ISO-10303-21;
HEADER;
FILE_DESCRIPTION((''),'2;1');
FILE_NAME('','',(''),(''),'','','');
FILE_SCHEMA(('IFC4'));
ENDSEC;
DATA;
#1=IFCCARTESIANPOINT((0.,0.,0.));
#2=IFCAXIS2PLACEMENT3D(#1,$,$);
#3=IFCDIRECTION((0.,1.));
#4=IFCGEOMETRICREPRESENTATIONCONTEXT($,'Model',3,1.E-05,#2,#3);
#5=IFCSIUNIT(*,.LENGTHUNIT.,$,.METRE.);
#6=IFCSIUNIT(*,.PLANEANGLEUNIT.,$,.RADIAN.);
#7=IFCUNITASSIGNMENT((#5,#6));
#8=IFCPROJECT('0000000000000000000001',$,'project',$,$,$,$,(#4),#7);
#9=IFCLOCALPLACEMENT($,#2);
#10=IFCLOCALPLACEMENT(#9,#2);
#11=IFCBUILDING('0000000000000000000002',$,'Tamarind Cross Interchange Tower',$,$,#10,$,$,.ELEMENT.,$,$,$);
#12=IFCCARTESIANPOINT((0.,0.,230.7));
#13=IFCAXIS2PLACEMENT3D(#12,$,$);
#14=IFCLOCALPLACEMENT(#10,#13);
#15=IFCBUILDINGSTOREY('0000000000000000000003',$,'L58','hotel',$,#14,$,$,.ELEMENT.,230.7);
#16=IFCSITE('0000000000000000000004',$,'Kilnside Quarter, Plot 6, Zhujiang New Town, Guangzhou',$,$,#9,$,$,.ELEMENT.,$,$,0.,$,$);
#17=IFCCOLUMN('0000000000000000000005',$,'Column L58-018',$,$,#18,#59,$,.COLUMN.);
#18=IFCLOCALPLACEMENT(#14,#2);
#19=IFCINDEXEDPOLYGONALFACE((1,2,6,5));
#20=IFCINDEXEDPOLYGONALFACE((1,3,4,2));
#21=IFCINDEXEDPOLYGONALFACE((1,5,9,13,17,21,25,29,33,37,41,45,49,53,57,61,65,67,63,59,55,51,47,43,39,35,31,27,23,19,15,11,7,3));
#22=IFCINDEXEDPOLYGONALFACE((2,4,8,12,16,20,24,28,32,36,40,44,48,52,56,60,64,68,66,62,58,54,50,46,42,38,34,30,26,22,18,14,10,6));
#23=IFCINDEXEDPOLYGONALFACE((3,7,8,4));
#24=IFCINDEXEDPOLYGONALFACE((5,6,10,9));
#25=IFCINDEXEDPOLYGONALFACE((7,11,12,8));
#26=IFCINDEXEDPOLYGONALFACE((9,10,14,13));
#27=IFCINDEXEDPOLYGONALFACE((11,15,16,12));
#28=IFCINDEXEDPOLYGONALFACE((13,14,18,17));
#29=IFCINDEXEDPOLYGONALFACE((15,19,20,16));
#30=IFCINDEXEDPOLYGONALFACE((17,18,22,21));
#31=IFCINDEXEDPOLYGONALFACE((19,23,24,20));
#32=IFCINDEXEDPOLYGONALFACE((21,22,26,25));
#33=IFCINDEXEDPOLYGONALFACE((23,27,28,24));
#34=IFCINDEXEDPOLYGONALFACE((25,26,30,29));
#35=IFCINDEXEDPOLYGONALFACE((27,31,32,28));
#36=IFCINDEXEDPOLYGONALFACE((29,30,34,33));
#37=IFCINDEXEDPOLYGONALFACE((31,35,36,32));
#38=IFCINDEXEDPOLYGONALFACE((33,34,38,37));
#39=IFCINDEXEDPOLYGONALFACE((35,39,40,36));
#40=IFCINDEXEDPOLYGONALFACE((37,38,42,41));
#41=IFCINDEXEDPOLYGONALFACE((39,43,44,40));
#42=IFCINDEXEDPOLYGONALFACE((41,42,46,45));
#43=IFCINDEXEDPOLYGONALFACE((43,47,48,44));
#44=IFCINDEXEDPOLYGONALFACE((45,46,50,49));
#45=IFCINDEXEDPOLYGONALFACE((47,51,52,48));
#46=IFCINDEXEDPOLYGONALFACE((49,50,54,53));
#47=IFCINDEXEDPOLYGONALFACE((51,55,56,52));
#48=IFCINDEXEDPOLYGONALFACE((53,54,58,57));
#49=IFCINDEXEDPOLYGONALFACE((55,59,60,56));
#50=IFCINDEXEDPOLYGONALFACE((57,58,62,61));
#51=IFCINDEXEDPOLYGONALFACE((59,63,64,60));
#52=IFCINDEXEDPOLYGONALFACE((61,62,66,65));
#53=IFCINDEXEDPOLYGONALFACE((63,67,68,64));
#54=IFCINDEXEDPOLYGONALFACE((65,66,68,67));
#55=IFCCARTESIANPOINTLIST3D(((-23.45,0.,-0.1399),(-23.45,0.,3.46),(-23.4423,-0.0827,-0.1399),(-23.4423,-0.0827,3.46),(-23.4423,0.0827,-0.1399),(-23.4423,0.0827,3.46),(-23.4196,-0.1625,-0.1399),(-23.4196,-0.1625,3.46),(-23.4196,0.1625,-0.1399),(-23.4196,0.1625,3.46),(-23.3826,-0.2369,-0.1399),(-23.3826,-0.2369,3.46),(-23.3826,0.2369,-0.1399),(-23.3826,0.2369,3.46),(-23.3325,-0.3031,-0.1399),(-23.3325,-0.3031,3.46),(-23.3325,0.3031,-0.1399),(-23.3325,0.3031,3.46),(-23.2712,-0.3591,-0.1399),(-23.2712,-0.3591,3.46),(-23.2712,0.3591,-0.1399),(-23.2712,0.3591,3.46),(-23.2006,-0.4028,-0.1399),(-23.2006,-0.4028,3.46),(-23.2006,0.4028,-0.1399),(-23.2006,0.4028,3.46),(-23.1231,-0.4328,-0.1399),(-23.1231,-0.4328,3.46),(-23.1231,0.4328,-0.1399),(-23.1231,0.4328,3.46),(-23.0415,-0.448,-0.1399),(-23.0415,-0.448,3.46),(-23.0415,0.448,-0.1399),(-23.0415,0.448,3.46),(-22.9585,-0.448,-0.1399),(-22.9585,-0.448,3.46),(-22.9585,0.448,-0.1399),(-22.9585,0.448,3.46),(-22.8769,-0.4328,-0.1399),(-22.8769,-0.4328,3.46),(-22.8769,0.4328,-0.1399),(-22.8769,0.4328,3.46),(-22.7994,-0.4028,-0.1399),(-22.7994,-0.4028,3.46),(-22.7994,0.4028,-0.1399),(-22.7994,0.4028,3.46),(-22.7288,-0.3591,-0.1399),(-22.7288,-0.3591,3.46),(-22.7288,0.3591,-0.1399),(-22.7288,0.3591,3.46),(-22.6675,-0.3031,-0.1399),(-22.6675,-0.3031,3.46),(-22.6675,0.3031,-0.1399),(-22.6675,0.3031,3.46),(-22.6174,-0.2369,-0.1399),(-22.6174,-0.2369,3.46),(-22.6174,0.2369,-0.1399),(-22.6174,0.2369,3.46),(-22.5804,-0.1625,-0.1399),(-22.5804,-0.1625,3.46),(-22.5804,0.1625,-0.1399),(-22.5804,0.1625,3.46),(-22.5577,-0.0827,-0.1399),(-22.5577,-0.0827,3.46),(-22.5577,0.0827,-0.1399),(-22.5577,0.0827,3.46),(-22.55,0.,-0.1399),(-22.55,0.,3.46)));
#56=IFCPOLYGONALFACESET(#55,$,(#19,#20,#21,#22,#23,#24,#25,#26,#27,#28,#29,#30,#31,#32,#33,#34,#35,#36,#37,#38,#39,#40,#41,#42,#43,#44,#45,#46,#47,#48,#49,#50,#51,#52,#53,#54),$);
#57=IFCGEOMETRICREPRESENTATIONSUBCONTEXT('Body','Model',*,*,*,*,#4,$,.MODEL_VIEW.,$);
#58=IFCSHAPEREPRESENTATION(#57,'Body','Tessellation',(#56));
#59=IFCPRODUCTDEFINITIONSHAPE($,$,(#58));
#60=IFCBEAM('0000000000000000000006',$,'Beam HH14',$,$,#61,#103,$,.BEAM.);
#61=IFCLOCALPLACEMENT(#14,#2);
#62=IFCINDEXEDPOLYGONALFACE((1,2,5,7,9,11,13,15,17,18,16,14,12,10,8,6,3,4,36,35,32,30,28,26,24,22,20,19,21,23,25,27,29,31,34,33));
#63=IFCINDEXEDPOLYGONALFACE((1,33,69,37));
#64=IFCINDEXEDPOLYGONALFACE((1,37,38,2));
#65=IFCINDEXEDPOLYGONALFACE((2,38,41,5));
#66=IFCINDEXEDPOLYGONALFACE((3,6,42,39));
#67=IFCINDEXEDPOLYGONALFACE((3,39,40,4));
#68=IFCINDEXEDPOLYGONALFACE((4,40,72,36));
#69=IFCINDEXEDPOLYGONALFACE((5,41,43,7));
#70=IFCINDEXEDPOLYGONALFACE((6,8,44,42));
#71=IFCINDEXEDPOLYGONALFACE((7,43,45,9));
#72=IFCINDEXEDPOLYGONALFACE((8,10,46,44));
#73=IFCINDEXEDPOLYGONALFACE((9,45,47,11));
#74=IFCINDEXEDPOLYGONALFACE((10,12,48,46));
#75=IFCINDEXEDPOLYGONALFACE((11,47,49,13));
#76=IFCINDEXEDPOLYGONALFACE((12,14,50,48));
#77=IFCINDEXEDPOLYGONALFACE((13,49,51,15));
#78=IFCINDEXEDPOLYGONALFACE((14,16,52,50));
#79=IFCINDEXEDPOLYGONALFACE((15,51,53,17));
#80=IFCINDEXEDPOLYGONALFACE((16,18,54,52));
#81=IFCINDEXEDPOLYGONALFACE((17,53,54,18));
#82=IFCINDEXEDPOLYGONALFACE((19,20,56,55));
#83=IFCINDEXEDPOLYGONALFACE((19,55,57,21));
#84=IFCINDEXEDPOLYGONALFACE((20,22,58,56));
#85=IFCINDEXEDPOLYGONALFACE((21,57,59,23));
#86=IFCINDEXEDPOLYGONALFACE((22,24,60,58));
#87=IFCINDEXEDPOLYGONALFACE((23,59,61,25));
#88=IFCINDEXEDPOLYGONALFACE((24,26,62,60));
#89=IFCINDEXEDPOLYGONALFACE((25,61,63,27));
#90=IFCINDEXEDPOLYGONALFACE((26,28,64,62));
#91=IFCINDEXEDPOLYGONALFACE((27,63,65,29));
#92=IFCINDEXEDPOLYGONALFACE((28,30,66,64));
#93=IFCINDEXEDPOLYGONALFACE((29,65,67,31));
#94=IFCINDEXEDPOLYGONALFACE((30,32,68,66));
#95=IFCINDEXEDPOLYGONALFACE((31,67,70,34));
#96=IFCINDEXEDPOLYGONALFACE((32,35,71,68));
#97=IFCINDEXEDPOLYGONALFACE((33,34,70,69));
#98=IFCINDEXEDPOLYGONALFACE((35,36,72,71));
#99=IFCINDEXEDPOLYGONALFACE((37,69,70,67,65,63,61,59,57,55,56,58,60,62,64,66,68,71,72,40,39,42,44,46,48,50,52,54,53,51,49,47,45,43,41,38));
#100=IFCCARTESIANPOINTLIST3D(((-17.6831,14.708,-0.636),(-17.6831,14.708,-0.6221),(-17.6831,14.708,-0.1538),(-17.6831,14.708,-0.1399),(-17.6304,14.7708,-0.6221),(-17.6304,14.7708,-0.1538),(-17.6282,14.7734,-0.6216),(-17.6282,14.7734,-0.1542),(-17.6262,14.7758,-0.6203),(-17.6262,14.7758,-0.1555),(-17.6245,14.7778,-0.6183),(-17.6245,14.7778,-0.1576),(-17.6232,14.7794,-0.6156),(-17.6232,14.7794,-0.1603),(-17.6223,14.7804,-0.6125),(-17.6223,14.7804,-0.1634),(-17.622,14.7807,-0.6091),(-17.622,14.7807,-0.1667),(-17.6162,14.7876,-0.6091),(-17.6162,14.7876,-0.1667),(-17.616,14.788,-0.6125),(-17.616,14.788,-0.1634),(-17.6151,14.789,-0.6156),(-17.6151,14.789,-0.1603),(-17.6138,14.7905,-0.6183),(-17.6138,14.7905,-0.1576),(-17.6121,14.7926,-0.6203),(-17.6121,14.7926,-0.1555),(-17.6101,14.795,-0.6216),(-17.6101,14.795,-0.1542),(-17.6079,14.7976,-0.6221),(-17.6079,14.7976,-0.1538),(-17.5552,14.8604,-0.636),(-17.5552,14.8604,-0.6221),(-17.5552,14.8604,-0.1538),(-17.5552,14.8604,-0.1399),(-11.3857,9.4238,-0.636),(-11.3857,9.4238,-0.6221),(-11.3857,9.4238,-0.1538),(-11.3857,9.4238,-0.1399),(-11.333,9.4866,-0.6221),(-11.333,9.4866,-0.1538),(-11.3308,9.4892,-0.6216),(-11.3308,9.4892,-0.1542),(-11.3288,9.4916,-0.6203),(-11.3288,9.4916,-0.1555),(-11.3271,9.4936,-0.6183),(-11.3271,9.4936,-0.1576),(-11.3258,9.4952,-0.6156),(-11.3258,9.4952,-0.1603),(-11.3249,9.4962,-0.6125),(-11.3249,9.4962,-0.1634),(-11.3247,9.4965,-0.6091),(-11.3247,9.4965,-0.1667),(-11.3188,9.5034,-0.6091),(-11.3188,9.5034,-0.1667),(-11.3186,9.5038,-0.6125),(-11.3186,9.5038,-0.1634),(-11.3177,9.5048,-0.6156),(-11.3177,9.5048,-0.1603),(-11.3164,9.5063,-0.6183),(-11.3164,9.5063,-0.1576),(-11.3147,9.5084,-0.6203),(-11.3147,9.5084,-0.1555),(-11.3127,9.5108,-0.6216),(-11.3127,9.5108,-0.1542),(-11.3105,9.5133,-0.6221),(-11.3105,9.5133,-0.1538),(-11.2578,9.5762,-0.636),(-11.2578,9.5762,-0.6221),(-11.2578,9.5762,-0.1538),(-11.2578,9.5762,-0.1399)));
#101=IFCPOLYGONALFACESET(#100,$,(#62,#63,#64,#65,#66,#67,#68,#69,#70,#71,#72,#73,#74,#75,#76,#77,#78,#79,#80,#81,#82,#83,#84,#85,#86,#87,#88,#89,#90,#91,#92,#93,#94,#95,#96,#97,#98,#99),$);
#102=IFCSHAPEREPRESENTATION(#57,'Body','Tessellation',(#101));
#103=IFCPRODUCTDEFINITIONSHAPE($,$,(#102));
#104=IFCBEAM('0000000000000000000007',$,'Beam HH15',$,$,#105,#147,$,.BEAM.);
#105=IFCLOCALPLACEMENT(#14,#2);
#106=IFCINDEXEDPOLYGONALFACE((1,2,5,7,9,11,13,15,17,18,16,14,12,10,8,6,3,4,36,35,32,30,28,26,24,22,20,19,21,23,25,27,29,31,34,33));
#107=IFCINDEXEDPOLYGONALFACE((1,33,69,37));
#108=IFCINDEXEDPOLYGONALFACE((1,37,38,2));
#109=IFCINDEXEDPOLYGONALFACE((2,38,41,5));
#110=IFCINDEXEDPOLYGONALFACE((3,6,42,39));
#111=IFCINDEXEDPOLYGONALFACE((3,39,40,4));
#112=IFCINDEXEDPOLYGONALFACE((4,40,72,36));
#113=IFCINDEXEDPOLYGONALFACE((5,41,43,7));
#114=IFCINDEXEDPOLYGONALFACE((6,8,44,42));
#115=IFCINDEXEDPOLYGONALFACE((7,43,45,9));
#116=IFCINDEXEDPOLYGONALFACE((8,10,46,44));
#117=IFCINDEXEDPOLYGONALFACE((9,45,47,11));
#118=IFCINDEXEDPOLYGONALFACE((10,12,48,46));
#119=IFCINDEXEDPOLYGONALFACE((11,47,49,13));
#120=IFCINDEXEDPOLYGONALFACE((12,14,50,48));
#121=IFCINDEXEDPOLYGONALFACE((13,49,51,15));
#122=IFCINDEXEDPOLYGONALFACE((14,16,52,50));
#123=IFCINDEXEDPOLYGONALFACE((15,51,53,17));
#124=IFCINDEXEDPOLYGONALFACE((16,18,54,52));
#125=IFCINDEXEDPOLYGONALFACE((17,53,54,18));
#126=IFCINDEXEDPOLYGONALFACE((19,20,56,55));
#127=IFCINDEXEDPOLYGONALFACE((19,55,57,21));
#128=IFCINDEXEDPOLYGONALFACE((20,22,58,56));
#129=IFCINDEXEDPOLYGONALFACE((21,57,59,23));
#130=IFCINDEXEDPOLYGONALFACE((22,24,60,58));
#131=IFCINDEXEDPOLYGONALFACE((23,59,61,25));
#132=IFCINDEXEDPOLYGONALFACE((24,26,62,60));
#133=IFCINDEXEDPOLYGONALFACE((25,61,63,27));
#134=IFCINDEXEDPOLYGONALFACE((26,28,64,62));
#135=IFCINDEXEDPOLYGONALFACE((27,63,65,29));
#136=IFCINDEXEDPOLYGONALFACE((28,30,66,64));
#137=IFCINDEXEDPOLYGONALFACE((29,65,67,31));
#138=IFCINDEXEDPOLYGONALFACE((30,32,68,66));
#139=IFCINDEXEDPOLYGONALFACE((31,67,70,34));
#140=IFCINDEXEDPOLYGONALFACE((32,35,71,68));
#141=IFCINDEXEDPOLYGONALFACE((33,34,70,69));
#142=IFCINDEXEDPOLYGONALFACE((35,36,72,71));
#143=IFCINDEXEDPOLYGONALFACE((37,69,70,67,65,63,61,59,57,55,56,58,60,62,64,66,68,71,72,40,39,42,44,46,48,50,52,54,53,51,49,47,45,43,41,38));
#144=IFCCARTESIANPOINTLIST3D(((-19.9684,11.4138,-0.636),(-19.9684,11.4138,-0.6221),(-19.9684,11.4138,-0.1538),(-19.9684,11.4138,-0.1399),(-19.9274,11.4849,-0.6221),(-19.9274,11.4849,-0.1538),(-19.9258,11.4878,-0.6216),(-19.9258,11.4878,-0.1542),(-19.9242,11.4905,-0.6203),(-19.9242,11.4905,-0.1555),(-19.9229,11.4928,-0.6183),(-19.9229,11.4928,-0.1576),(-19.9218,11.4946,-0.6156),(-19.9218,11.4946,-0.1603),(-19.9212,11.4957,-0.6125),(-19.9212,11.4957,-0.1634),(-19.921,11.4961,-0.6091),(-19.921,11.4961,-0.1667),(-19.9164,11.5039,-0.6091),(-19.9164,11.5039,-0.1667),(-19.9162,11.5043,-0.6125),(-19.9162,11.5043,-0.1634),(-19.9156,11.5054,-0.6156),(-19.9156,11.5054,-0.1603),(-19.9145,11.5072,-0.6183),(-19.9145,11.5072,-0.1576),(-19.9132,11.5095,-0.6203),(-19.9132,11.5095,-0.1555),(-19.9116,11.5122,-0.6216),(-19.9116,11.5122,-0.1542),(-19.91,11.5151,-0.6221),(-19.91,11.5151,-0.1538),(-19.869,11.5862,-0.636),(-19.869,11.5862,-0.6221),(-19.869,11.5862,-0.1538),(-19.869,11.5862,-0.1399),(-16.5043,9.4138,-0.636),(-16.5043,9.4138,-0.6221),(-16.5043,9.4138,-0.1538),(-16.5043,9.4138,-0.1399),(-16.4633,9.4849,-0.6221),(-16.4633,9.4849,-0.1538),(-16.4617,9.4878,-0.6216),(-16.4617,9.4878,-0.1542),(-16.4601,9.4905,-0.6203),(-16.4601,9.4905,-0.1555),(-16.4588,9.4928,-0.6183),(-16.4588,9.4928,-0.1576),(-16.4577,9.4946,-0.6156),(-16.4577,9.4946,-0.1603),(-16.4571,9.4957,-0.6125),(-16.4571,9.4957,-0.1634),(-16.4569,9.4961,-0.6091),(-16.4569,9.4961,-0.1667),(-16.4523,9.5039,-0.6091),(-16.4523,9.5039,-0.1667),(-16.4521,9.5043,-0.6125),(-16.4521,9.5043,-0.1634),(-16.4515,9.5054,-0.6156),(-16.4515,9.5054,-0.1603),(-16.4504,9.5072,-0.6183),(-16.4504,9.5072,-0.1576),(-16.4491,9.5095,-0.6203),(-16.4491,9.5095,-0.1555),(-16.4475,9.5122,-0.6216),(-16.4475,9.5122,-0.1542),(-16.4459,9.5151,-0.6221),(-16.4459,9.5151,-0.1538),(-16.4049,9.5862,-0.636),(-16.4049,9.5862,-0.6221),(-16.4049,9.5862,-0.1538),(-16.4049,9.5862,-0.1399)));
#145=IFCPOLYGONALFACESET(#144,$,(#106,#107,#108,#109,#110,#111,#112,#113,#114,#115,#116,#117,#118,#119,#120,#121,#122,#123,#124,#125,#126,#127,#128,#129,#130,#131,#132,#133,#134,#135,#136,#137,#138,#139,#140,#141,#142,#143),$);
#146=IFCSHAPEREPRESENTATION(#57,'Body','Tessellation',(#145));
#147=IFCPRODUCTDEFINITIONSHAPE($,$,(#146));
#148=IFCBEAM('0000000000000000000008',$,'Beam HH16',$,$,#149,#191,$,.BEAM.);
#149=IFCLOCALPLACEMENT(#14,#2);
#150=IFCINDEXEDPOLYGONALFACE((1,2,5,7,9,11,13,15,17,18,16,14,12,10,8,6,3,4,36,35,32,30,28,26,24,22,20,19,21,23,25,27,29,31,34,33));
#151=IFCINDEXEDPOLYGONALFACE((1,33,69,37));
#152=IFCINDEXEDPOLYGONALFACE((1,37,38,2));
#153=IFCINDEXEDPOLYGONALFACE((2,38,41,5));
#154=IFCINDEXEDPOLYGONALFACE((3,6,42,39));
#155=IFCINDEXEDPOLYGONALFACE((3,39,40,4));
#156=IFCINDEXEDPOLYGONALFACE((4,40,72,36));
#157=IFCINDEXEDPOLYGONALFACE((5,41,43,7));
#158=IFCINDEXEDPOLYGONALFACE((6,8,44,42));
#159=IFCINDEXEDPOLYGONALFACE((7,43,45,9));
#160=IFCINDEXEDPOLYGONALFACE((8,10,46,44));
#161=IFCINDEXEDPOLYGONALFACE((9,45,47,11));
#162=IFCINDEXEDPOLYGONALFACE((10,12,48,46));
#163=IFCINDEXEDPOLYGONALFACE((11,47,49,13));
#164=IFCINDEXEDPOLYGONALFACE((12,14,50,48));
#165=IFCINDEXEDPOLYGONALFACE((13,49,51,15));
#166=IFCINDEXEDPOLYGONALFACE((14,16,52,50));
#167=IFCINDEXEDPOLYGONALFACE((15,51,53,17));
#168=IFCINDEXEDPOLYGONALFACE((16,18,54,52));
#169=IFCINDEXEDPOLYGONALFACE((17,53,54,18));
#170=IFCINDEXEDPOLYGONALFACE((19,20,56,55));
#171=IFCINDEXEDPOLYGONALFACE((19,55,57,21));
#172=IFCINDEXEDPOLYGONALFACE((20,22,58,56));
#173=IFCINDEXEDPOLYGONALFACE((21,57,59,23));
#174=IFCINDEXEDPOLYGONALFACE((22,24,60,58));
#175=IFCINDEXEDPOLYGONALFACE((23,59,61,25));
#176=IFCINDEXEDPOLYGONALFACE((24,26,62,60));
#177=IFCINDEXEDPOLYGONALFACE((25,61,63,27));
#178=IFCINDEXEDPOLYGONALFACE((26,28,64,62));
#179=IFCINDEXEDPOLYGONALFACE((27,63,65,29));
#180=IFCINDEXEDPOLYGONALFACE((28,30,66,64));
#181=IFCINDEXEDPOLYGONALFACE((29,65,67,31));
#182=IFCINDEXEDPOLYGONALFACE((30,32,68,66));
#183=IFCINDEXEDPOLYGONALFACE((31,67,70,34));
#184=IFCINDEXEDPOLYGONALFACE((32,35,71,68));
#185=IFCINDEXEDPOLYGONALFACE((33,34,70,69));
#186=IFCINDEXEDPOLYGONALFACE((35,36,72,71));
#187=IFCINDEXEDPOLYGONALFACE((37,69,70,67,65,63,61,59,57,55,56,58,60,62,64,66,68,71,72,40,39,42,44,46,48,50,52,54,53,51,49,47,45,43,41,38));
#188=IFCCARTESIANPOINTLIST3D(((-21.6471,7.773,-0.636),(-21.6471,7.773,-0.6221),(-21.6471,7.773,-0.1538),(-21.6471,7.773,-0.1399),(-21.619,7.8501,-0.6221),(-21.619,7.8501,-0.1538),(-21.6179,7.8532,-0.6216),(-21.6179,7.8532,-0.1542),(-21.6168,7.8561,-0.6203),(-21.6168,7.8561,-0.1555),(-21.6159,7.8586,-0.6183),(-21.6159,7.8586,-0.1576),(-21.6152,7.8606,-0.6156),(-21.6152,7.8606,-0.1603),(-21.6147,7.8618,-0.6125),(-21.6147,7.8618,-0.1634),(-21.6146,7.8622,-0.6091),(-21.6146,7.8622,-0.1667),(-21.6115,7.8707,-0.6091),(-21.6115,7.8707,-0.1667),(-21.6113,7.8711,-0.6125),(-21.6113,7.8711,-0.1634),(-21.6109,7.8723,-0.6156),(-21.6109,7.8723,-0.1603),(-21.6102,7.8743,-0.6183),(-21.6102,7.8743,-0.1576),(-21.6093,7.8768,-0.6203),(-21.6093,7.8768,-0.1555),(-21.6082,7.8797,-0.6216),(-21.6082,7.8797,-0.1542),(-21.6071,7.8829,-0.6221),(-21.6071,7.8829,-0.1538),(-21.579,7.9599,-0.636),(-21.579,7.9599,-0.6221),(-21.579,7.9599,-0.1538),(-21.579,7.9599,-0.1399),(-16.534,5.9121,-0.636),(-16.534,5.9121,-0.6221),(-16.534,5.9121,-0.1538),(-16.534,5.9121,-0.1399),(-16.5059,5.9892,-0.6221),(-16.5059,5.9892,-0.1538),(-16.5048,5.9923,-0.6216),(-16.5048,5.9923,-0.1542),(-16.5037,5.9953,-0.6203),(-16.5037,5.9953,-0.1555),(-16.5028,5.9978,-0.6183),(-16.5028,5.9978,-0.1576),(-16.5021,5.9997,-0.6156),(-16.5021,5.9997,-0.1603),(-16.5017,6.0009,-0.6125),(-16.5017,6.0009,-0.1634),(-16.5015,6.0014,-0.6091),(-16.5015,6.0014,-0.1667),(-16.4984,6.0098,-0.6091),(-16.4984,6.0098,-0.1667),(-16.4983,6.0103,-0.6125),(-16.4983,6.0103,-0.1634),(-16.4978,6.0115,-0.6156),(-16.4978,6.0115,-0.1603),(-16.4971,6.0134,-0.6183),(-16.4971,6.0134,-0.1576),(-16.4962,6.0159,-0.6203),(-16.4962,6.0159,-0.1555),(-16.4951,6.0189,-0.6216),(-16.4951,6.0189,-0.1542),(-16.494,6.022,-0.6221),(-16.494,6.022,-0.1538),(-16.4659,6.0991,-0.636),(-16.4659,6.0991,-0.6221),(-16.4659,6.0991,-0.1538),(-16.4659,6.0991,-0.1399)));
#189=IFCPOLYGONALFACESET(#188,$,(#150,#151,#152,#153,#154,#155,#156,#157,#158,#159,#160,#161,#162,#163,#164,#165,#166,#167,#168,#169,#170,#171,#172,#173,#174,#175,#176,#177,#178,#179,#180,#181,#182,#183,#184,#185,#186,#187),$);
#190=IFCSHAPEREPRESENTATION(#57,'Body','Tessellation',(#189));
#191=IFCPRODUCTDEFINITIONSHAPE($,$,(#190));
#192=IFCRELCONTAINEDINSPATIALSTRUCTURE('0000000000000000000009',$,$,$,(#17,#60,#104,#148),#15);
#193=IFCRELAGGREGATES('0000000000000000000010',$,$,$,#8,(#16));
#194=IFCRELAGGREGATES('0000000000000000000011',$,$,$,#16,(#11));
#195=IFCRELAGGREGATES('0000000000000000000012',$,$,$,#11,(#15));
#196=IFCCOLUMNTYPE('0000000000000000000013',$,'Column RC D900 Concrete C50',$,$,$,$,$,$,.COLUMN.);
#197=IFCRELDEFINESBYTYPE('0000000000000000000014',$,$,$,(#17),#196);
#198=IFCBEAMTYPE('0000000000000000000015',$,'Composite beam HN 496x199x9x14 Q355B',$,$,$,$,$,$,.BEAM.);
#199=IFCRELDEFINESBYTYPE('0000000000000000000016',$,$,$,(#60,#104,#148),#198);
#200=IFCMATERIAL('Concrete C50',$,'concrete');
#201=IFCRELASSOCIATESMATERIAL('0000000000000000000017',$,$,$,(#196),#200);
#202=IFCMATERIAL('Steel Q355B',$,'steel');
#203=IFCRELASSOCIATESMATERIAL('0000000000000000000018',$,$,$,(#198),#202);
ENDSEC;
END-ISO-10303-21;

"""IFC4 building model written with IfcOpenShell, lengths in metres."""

from ifc_helpers import new_model, si_unit, direction, frame, origin, origin_2d, place, context, subcontext, project, spatial, circle, i_section, extrude, material, material_profile, profile_set, type_object, element, save


model = new_model("IFC4")

# Units and contexts
model_context = context("Model", 3, precision=1e-05, world=origin(), true_north=direction((0.0, 1.0)))
body_context = subcontext(model_context, "Body", "Model", "MODEL_VIEW")
ifc_project = project(units=[si_unit("LENGTHUNIT", "METRE"), si_unit("PLANEANGLEUNIT", "RADIAN")], contexts=[model_context])

# Site, building, storey
site_placement = place(None, origin())
site = spatial("IfcSite", under=ifc_project, at=site_placement, Name="Kilnside Quarter, Plot 6, Zhujiang New Town, Guangzhou", CompositionType="ELEMENT", RefElevation=0.0)
building_placement = place(site_placement, origin())
building = spatial("IfcBuilding", under=site, at=building_placement, Name="Tamarind Cross Interchange Tower", CompositionType="ELEMENT")
storey_placement = place(building_placement, frame((0.0, 0.0, 230.7)))
storey = spatial("IfcBuildingStorey", under=building, at=storey_placement, Name="L58", Description="hotel", CompositionType="ELEMENT", Elevation=230.7)

# Column
ifc_material_1 = material(Name="Concrete C50", Category="concrete")
ifc_material_profile_1 = material_profile(ifc_material_1, circle(Radius=0.45, at=origin_2d()), Name="RC D900")
ifc_profile_set_1 = profile_set([ifc_material_profile_1], Name="Concrete C50")
column_type = type_object("IfcColumnType", Name="Column RC D900 Concrete C50", PredefinedType="COLUMN", material=ifc_profile_set_1)
for number, where, z_axis, x_axis, name in (
    (1, (-23.0, 0.0, -0.1399), (0.0, 0.0, 1.0), (1.0, 0.0, 0.0), "Column L58-018"),
):
    element("IfcColumn", number, at=place(storey_placement, frame(where, z_axis=z_axis, x_axis=x_axis)), inside=storey, type_object=column_type, Name=name, PredefinedType="COLUMN", context=body_context, shape_type="SweptSolid", body=[
        extrude(circle(Radius=0.45, at=origin_2d()), origin(), (0.0, 0.0, 1.0), 3.5999),
    ])

# Beams
ifc_material_2 = material(Name="Steel Q355B", Category="steel")
ifc_material_profile_2 = material_profile(ifc_material_2, i_section(OverallWidth=0.199, OverallDepth=0.4961, WebThickness=0.009, FlangeThickness=0.0139, FilletRadius=0.0129, at=origin_2d()), Name="HN 496x199x9x14")
ifc_profile_set_2 = profile_set([ifc_material_profile_2], Name="Steel Q355B")
beam_type = type_object("IfcBeamType", Name="Composite beam HN 496x199x9x14 Q355B", PredefinedType="BEAM", material=ifc_profile_set_2)
beam_1_placement = place(storey_placement, frame((-17.6191, 14.7842, -0.3879), z_axis=(0.766041, -0.642792, 0.0), x_axis=(0.642792, 0.766041, 0.0)))
element("IfcBeam", 2, at=beam_1_placement, inside=storey, type_object=beam_type, Name="Beam HH14", PredefinedType="BEAM", context=body_context, shape_type="SweptSolid", body=[
    extrude(i_section(OverallWidth=0.199, OverallDepth=0.4961, WebThickness=0.009, FlangeThickness=0.0139, FilletRadius=0.0129, at=origin_2d()), origin(), (0.0, 0.0, 1.0), 8.2207),
])
beam_2_placement = place(storey_placement, frame((-19.9187, 11.5, -0.3879), z_axis=(0.866026, -0.499999, 0.0), x_axis=(0.499999, 0.866026, 0.0)))
element("IfcBeam", 3, at=beam_2_placement, inside=storey, type_object=beam_type, Name="Beam HH15", PredefinedType="BEAM", context=body_context, shape_type="SweptSolid", body=[
    extrude(i_section(OverallWidth=0.199, OverallDepth=0.4961, WebThickness=0.009, FlangeThickness=0.0139, FilletRadius=0.0129, at=origin_2d()), origin(), (0.0, 0.0, 1.0), 4.0),
])
beam_3_placement = place(storey_placement, frame((-21.613, 7.8665, -0.3879), z_axis=(0.939702, -0.341995, 0.0), x_axis=(0.341995, 0.939702, 0.0)))
element("IfcBeam", 4, at=beam_3_placement, inside=storey, type_object=beam_type, Name="Beam HH16", PredefinedType="BEAM", context=body_context, shape_type="SweptSolid", body=[
    extrude(i_section(OverallWidth=0.199, OverallDepth=0.4961, WebThickness=0.009, FlangeThickness=0.0139, FilletRadius=0.0129, at=origin_2d()), origin(), (0.0, 0.0, 1.0), 5.4412),
])

save(model, "model.ifc")
